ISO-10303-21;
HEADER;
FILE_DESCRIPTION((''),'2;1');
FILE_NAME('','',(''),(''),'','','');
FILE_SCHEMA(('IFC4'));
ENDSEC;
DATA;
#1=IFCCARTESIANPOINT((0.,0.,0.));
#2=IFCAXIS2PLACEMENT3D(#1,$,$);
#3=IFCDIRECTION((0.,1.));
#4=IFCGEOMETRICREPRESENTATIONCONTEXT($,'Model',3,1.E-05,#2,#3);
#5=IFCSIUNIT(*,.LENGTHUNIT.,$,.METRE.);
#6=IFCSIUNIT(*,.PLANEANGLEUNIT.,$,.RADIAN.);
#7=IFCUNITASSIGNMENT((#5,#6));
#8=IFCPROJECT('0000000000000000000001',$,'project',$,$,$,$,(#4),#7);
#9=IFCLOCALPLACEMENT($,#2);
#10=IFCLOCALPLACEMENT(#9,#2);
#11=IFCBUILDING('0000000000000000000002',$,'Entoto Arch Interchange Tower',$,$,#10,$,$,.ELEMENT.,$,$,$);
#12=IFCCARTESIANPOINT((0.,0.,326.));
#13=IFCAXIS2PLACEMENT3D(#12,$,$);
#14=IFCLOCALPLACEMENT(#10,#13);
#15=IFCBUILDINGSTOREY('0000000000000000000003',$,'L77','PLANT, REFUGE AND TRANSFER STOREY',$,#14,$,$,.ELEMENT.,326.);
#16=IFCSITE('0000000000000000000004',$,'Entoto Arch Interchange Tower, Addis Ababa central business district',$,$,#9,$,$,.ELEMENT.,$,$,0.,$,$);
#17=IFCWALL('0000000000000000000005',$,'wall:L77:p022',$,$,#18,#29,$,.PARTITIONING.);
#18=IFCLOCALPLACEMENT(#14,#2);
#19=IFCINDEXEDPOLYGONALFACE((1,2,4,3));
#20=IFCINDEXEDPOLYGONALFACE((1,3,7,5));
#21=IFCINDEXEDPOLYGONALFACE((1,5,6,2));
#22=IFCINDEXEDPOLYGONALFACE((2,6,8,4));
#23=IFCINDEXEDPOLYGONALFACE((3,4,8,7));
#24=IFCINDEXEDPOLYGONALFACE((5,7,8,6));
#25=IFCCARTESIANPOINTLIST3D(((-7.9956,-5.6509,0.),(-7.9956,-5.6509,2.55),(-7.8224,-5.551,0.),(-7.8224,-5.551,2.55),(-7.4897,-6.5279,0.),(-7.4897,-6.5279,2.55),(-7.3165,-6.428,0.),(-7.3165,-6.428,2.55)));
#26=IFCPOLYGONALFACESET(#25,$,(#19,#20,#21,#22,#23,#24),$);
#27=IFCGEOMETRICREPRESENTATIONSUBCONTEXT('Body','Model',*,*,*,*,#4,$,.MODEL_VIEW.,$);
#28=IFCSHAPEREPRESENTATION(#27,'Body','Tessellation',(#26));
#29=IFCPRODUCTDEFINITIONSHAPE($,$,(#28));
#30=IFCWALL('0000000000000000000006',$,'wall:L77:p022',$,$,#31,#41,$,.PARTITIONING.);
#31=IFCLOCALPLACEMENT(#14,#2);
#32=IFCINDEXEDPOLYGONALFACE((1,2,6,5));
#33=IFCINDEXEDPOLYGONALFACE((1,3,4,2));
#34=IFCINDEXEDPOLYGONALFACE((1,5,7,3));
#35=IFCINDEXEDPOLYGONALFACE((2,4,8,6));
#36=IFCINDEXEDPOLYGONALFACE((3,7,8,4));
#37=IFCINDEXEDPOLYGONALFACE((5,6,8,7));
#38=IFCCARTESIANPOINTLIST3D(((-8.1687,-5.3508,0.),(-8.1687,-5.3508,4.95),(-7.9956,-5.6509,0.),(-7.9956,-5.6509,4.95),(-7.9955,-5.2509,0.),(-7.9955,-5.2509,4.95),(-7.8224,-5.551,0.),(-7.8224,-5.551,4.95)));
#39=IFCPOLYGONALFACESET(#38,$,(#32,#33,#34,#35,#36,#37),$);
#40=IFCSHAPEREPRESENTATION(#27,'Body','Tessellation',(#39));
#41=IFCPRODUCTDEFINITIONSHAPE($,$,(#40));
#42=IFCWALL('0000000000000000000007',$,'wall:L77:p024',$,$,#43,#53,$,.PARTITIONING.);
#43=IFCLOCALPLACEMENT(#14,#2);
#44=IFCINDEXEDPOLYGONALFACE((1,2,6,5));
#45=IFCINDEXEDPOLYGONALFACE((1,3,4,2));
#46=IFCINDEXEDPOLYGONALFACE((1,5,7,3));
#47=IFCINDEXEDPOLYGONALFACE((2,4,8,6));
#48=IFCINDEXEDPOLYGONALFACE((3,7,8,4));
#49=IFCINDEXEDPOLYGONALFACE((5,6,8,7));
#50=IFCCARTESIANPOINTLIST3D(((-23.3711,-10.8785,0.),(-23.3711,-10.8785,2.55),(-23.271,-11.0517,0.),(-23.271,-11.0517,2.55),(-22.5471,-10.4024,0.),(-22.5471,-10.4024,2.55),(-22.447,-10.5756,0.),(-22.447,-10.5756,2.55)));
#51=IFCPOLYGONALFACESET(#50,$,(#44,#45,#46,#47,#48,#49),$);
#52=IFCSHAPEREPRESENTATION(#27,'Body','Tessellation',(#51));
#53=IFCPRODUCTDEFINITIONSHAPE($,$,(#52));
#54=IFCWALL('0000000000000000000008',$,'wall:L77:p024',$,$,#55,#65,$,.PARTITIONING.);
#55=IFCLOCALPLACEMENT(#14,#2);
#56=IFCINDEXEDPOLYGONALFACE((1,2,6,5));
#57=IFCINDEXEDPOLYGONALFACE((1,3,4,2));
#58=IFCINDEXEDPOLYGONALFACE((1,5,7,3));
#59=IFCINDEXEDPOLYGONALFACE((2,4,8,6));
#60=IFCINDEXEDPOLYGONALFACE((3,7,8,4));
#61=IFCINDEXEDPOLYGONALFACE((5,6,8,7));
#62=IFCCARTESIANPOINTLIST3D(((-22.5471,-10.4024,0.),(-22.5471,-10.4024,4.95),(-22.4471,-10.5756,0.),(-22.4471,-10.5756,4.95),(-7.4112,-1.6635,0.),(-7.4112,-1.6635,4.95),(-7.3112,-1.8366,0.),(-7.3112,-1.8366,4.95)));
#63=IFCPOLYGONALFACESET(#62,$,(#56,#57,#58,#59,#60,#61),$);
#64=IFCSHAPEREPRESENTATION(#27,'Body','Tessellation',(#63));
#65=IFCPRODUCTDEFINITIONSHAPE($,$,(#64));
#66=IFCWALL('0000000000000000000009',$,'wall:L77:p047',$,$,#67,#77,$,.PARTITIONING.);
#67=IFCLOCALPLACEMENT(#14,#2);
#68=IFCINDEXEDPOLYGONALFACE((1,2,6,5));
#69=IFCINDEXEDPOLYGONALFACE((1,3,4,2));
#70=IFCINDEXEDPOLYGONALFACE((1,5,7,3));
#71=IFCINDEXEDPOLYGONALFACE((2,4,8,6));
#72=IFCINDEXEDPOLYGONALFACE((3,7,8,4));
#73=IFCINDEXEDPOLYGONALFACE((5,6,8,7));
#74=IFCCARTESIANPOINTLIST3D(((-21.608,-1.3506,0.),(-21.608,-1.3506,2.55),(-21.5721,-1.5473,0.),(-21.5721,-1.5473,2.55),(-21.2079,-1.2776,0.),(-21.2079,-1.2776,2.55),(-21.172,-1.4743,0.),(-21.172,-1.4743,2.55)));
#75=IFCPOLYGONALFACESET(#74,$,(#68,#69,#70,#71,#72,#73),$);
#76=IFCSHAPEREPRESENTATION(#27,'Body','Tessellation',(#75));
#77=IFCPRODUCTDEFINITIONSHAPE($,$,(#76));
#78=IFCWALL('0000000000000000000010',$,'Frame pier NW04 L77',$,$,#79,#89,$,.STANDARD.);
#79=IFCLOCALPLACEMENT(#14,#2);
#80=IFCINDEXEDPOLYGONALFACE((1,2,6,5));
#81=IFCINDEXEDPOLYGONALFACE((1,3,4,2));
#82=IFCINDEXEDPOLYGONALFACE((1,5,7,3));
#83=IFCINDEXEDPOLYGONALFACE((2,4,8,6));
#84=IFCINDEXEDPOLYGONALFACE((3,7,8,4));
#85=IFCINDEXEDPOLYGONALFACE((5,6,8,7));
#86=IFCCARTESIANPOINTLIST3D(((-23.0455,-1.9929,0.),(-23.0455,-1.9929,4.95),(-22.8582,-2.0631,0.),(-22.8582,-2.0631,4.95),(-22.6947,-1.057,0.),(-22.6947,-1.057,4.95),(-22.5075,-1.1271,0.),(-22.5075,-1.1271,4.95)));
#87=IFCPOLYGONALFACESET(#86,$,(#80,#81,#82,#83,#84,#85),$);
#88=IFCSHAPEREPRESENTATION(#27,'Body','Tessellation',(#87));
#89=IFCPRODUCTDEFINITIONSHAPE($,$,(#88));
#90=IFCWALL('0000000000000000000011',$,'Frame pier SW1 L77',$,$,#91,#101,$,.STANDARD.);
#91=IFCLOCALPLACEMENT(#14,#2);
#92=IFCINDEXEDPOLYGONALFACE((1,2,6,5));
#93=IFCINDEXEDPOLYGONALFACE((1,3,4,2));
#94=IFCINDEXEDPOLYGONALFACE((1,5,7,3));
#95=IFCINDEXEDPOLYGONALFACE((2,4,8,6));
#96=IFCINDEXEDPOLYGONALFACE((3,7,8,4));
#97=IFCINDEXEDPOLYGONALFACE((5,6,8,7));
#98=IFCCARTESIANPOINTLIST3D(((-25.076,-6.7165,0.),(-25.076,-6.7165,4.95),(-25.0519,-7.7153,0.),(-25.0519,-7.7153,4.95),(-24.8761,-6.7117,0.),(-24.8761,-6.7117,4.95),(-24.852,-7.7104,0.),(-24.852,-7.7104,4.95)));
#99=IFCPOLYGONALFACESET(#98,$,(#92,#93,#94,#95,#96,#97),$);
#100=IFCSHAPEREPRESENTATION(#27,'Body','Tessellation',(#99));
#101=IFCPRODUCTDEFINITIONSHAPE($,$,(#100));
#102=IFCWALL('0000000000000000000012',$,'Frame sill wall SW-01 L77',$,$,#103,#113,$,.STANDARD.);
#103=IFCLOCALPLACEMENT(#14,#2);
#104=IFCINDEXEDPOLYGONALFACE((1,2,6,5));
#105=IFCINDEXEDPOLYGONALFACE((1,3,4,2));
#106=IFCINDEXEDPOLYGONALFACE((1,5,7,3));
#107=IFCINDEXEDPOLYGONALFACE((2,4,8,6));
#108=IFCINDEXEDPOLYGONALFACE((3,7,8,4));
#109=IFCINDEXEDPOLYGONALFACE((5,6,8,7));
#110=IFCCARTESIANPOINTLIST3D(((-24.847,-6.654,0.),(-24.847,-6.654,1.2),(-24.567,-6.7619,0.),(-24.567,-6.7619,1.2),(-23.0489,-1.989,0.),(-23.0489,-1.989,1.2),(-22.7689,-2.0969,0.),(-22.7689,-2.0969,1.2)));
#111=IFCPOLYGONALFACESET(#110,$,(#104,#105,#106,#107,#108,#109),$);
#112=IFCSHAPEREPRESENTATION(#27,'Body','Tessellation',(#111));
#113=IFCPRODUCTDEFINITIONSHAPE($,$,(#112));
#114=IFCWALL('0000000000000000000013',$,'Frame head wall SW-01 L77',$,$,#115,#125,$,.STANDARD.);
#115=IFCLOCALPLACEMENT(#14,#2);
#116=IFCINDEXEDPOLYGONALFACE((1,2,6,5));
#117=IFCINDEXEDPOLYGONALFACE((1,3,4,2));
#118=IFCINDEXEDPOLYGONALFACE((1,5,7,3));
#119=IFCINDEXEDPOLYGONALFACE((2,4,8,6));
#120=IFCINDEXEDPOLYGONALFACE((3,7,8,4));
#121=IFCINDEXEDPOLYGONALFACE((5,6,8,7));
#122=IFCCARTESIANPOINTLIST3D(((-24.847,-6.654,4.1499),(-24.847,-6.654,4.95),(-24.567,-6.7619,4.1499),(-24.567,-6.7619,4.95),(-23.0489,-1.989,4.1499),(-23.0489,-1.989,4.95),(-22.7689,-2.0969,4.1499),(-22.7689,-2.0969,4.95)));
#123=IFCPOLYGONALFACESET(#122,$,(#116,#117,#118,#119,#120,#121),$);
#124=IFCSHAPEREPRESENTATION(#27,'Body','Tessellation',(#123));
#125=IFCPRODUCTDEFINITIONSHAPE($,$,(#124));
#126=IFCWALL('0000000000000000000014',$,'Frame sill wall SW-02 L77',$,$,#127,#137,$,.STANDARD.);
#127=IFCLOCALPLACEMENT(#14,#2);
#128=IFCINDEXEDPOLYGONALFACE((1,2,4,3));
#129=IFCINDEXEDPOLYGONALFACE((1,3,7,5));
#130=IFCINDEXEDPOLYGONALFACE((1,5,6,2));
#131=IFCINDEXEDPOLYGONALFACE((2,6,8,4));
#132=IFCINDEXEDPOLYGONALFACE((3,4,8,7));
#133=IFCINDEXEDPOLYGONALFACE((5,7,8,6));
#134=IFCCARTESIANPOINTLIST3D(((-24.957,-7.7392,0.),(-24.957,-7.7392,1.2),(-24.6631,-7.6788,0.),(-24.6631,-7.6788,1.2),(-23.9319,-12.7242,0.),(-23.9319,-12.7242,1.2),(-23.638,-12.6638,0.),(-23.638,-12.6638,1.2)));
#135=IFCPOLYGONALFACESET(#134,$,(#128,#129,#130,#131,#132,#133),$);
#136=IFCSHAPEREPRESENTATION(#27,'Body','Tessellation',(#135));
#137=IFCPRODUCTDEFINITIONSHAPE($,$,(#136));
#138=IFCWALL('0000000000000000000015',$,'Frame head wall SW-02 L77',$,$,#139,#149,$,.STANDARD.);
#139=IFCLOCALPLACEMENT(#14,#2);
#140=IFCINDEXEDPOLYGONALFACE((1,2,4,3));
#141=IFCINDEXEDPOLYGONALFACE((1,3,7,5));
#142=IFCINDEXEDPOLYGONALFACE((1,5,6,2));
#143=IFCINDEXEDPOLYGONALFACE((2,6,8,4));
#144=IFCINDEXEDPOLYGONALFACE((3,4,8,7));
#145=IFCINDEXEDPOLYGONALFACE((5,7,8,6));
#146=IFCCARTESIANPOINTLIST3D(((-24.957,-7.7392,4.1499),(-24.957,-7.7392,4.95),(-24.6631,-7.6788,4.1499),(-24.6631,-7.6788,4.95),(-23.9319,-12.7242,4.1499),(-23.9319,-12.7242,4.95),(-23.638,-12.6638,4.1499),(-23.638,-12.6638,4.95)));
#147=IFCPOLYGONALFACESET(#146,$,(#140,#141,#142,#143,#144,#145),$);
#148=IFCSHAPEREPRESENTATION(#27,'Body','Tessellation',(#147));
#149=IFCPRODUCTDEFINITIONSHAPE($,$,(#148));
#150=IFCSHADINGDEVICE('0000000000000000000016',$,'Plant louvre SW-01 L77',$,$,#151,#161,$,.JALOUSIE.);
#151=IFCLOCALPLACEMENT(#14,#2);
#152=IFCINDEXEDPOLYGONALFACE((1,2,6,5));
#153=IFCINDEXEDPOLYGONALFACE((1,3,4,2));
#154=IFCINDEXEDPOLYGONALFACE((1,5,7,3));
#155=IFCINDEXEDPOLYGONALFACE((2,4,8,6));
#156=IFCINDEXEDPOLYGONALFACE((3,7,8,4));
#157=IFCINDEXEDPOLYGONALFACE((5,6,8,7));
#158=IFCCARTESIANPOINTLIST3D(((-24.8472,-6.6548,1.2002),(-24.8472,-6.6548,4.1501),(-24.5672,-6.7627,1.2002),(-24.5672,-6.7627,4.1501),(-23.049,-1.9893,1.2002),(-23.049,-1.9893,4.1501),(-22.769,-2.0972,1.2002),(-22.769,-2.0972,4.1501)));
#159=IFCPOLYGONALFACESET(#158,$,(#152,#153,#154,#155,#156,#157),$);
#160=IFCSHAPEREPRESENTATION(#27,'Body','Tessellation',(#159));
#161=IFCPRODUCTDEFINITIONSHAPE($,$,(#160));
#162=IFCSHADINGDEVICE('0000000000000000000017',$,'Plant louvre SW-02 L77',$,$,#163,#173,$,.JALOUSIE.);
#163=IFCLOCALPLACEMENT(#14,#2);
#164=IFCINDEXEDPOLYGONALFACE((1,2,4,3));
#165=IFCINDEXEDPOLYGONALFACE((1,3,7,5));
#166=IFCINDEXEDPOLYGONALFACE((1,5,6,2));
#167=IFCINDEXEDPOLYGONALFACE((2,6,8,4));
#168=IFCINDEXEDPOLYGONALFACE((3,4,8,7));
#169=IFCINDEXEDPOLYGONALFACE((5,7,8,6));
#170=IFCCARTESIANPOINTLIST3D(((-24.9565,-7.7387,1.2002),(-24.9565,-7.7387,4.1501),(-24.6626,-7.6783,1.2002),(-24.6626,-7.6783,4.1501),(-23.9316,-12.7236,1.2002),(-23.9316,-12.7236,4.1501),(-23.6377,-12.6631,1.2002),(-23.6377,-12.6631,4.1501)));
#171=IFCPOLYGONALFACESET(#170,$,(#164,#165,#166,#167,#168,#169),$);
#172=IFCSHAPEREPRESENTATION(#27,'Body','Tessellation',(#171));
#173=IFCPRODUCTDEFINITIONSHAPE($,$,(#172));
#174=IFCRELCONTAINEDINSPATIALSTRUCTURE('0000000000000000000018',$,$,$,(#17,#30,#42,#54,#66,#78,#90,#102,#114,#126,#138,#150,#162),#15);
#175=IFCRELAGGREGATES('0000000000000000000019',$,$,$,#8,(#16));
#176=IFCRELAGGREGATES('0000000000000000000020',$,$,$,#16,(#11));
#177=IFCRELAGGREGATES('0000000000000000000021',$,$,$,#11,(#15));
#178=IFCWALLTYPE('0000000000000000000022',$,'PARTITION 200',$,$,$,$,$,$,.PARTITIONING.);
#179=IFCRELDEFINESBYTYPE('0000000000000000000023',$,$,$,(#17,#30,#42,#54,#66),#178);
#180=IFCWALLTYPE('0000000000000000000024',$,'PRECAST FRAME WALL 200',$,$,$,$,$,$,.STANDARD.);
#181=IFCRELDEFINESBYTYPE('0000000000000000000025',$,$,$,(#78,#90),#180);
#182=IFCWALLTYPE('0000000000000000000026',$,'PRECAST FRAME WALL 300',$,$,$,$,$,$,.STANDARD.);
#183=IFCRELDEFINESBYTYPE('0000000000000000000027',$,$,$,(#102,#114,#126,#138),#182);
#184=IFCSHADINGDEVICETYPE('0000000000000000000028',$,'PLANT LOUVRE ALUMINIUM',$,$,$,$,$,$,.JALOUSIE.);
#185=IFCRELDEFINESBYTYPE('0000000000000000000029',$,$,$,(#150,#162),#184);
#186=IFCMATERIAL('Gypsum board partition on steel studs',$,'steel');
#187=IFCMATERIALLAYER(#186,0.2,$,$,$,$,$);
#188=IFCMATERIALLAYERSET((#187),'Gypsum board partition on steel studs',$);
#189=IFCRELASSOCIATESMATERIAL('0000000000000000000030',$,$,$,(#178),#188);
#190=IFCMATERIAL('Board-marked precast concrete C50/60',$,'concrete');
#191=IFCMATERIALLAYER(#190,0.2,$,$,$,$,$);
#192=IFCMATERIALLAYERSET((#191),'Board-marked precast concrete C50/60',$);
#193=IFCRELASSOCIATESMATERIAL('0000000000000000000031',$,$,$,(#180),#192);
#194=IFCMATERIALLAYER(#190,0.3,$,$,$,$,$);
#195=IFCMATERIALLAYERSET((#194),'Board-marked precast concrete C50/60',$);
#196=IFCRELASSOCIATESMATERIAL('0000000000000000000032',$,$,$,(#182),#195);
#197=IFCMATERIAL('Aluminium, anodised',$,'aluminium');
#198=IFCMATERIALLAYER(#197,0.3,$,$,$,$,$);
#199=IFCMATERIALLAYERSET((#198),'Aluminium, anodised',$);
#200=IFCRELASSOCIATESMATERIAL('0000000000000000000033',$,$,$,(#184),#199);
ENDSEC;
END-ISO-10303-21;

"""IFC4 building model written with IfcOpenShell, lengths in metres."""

from ifc_helpers import new_model, si_unit, direction, frame, frame_2d, origin, origin_2d, place, context, subcontext, project, spatial, rectangle, extrude, material, layer, layer_set, type_object, element, save


model = new_model("IFC4")

# Units and contexts
model_context = context("Model", 3, precision=1e-05, world=origin(), true_north=direction((0.0, 1.0)))
body_context = subcontext(model_context, "Body", "Model", "MODEL_VIEW")
ifc_project = project(units=[si_unit("LENGTHUNIT", "METRE"), si_unit("PLANEANGLEUNIT", "RADIAN")], contexts=[model_context])

# Site, building, storey
site_placement = place(None, origin())
site = spatial("IfcSite", under=ifc_project, at=site_placement, Name="Entoto Arch Interchange Tower, Addis Ababa central business district", CompositionType="ELEMENT", RefElevation=0.0)
building_placement = place(site_placement, origin())
building = spatial("IfcBuilding", under=site, at=building_placement, Name="Entoto Arch Interchange Tower", CompositionType="ELEMENT")
storey_placement = place(building_placement, frame((0.0, 0.0, 326.0)))
storey = spatial("IfcBuildingStorey", under=building, at=storey_placement, Name="L77", Description="PLANT, REFUGE AND TRANSFER STOREY", CompositionType="ELEMENT", Elevation=326.0)

# Shared definitions
ifc_material_1 = material(Name="Gypsum board partition on steel studs", Category="steel")
ifc_layer_1 = layer(ifc_material_1, 0.2)
ifc_layer_set_1 = layer_set([ifc_layer_1], Name="Gypsum board partition on steel studs")
wall_type_1 = type_object("IfcWallType", Name="PARTITION 200", PredefinedType="PARTITIONING", material=ifc_layer_set_1)

# Walls
wall_1_placement = place(storey_placement, frame((-7.4031, -6.478, 0.0), z_axis=(0.0, 0.0, 1.0), x_axis=(-0.499667, 0.866218, 0.0)))
element("IfcWall", 1, at=wall_1_placement, inside=storey, type_object=wall_type_1, Name="wall:L77:p022", PredefinedType="PARTITIONING", context=body_context, shape_type="SweptSolid", body=[
    extrude(rectangle(XDim=1.0125, YDim=0.2, at=frame_2d((0.5063, 0.0))), origin(), (0.0, 0.0, 1.0), 2.55),
])
wall_2_placement = place(storey_placement, frame((-7.9089, -5.6011, 0.0), z_axis=(0.0, 0.0, 1.0), x_axis=(-0.499702, 0.866197, 0.0)))
element("IfcWall", 2, at=wall_2_placement, inside=storey, type_object=wall_type_1, Name="wall:L77:p022", PredefinedType="PARTITIONING", context=body_context, shape_type="SweptSolid", body=[
    extrude(rectangle(XDim=0.3464, YDim=0.2, at=frame_2d((0.1733, 0.0))), origin(), (0.0, 0.0, 1.0), 4.95),
])
wall_3_placement = place(storey_placement, frame((-23.321, -10.9651, 0.0), z_axis=(0.0, 0.0, 1.0), x_axis=(0.865865, 0.500278, 0.0)))
element("IfcWall", 3, at=wall_3_placement, inside=storey, type_object=wall_type_1, Name="wall:L77:p024", PredefinedType="PARTITIONING", context=body_context, shape_type="SweptSolid", body=[
    extrude(rectangle(XDim=0.9517, YDim=0.2, at=frame_2d((0.4758, 0.0))), origin(), (0.0, 0.0, 1.0), 2.55),
])
wall_4_placement = place(storey_placement, frame((-22.4971, -10.489, 0.0), z_axis=(0.0, 0.0, 1.0), x_axis=(0.866019, 0.500011, 0.0)))
element("IfcWall", 4, at=wall_4_placement, inside=storey, type_object=wall_type_1, Name="wall:L77:p024", PredefinedType="PARTITIONING", context=body_context, shape_type="SweptSolid", body=[
    extrude(rectangle(XDim=17.4775, YDim=0.2, at=frame_2d((8.7388, 0.0))), origin(), (0.0, 0.0, 1.0), 4.95),
])
wall_5_placement = place(storey_placement, frame((-21.1899, -1.376, 0.0), z_axis=(0.0, 0.0, 1.0), x_axis=(-0.983764, -0.179466, 0.0)))
element("IfcWall", 5, at=wall_5_placement, inside=storey, type_object=wall_type_1, Name="wall:L77:p047", PredefinedType="PARTITIONING", context=body_context, shape_type="SweptSolid", body=[
    extrude(rectangle(XDim=0.4067, YDim=0.2, at=frame_2d((0.2034, 0.0))), origin(), (0.0, 0.0, 1.0), 2.55),
])
ifc_material_2 = material(Name="Board-marked precast concrete C50/60", Category="concrete")
ifc_layer_2 = layer(ifc_material_2, 0.2)
ifc_layer_set_2 = layer_set([ifc_layer_2], Name="Board-marked precast concrete C50/60")
wall_type_2 = type_object("IfcWallType", Name="PRECAST FRAME WALL 200", PredefinedType="STANDARD", material=ifc_layer_set_2)
wall_6_placement = place(storey_placement, frame((-22.6011, -1.092, 0.0), z_axis=(0.0, 0.0, 1.0), x_axis=(-0.350963, -0.936389, 0.0)))
element("IfcWall", 6, at=wall_6_placement, inside=storey, type_object=wall_type_2, Name="Frame pier NW04 L77", PredefinedType="STANDARD", context=body_context, shape_type="SweptSolid", body=[
    extrude(rectangle(XDim=0.9995, YDim=0.2, at=frame_2d((0.4998, 0.0))), origin(), (0.0, 0.0, 1.0), 4.95),
])
wall_7_placement = place(storey_placement, frame((-24.9761, -6.7141, 0.0), z_axis=(0.0, 0.0, 1.0), x_axis=(0.024192, -0.999707, 0.0)))
element("IfcWall", 7, at=wall_7_placement, inside=storey, type_object=wall_type_2, Name="Frame pier SW1 L77", PredefinedType="STANDARD", context=body_context, shape_type="SweptSolid", body=[
    extrude(rectangle(XDim=0.999, YDim=0.2, at=frame_2d((0.4995, 0.0))), origin(), (0.0, 0.0, 1.0), 4.95),
])
ifc_layer_3 = layer(ifc_material_2, 0.3)
ifc_layer_set_3 = layer_set([ifc_layer_3], Name="Board-marked precast concrete C50/60")
wall_type_3 = type_object("IfcWallType", Name="PRECAST FRAME WALL 300", PredefinedType="STANDARD", material=ifc_layer_set_3)
wall_8_placement = place(storey_placement, frame((-22.9089, -2.043, 0.0), z_axis=(0.0, 0.0, 1.0), x_axis=(-0.35965, -0.933087, 0.0)))
element("IfcWall", 8, at=wall_8_placement, inside=storey, type_object=wall_type_3, Name="Frame sill wall SW-01 L77", PredefinedType="STANDARD", context=body_context, shape_type="SweptSolid", body=[
    extrude(rectangle(XDim=4.9995, YDim=0.3, at=frame_2d((2.4998, 0.0))), origin(), (0.0, 0.0, 1.0), 1.2),
])
wall_9_placement = place(storey_placement, frame((-22.9089, -2.043, 4.1499), z_axis=(0.0, 0.0, 1.0), x_axis=(-0.35965, -0.933087, 0.0)))
element("IfcWall", 9, at=wall_9_placement, inside=storey, type_object=wall_type_3, Name="Frame head wall SW-01 L77", PredefinedType="STANDARD", context=body_context, shape_type="SweptSolid", body=[
    extrude(rectangle(XDim=4.9995, YDim=0.3, at=frame_2d((2.4998, 0.0))), origin(), (0.0, 0.0, 1.0), 0.8),
])
wall_10_placement = place(storey_placement, frame((-24.8101, -7.709, 0.0), z_axis=(0.0, 0.0, 1.0), x_axis=(0.201427, -0.979504, 0.0)))
element("IfcWall", 10, at=wall_10_placement, inside=storey, type_object=wall_type_3, Name="Frame sill wall SW-02 L77", PredefinedType="STANDARD", context=body_context, shape_type="SweptSolid", body=[
    extrude(rectangle(XDim=5.0894, YDim=0.3, at=frame_2d((2.5447, 0.0))), origin(), (0.0, 0.0, 1.0), 1.2),
])
wall_11_placement = place(storey_placement, frame((-24.8101, -7.709, 4.1499), z_axis=(0.0, 0.0, 1.0), x_axis=(0.201427, -0.979504, 0.0)))
element("IfcWall", 11, at=wall_11_placement, inside=storey, type_object=wall_type_3, Name="Frame head wall SW-02 L77", PredefinedType="STANDARD", context=body_context, shape_type="SweptSolid", body=[
    extrude(rectangle(XDim=5.0894, YDim=0.3, at=frame_2d((2.5447, 0.0))), origin(), (0.0, 0.0, 1.0), 0.8),
])

# Shading devices
ifc_material_3 = material(Name="Aluminium, anodised", Category="aluminium")
ifc_layer_4 = layer(ifc_material_3, 0.3)
ifc_layer_set_4 = layer_set([ifc_layer_4], Name="Aluminium, anodised")
shading_device_type = type_object("IfcShadingDeviceType", Name="PLANT LOUVRE ALUMINIUM", PredefinedType="JALOUSIE", material=ifc_layer_set_4)
shading_device_1_placement = place(storey_placement, frame((-23.8081, -4.376, 1.2002), z_axis=(0.0, 0.0, 1.0), x_axis=(-0.359639, -0.933092, 0.0)))
element("IfcShadingDevice", 12, at=shading_device_1_placement, inside=storey, type_object=shading_device_type, Name="Plant louvre SW-01 L77", PredefinedType="JALOUSIE", context=body_context, shape_type="SweptSolid", body=[
    extrude(rectangle(XDim=5.0, YDim=0.3, at=origin_2d()), origin(), (0.0, 0.0, 1.0), 2.95),
])
shading_device_2_placement = place(storey_placement, frame((-24.2971, -10.2009, 1.2002), z_axis=(0.0, 0.0, 1.0), x_axis=(0.201403, -0.979509, 0.0)))
element("IfcShadingDevice", 13, at=shading_device_2_placement, inside=storey, type_object=shading_device_type, Name="Plant louvre SW-02 L77", PredefinedType="JALOUSIE", context=body_context, shape_type="SweptSolid", body=[
    extrude(rectangle(XDim=5.0891, YDim=0.3, at=origin_2d()), origin(), (0.0, 0.0, 1.0), 2.95),
])

save(model, "model.ifc")
